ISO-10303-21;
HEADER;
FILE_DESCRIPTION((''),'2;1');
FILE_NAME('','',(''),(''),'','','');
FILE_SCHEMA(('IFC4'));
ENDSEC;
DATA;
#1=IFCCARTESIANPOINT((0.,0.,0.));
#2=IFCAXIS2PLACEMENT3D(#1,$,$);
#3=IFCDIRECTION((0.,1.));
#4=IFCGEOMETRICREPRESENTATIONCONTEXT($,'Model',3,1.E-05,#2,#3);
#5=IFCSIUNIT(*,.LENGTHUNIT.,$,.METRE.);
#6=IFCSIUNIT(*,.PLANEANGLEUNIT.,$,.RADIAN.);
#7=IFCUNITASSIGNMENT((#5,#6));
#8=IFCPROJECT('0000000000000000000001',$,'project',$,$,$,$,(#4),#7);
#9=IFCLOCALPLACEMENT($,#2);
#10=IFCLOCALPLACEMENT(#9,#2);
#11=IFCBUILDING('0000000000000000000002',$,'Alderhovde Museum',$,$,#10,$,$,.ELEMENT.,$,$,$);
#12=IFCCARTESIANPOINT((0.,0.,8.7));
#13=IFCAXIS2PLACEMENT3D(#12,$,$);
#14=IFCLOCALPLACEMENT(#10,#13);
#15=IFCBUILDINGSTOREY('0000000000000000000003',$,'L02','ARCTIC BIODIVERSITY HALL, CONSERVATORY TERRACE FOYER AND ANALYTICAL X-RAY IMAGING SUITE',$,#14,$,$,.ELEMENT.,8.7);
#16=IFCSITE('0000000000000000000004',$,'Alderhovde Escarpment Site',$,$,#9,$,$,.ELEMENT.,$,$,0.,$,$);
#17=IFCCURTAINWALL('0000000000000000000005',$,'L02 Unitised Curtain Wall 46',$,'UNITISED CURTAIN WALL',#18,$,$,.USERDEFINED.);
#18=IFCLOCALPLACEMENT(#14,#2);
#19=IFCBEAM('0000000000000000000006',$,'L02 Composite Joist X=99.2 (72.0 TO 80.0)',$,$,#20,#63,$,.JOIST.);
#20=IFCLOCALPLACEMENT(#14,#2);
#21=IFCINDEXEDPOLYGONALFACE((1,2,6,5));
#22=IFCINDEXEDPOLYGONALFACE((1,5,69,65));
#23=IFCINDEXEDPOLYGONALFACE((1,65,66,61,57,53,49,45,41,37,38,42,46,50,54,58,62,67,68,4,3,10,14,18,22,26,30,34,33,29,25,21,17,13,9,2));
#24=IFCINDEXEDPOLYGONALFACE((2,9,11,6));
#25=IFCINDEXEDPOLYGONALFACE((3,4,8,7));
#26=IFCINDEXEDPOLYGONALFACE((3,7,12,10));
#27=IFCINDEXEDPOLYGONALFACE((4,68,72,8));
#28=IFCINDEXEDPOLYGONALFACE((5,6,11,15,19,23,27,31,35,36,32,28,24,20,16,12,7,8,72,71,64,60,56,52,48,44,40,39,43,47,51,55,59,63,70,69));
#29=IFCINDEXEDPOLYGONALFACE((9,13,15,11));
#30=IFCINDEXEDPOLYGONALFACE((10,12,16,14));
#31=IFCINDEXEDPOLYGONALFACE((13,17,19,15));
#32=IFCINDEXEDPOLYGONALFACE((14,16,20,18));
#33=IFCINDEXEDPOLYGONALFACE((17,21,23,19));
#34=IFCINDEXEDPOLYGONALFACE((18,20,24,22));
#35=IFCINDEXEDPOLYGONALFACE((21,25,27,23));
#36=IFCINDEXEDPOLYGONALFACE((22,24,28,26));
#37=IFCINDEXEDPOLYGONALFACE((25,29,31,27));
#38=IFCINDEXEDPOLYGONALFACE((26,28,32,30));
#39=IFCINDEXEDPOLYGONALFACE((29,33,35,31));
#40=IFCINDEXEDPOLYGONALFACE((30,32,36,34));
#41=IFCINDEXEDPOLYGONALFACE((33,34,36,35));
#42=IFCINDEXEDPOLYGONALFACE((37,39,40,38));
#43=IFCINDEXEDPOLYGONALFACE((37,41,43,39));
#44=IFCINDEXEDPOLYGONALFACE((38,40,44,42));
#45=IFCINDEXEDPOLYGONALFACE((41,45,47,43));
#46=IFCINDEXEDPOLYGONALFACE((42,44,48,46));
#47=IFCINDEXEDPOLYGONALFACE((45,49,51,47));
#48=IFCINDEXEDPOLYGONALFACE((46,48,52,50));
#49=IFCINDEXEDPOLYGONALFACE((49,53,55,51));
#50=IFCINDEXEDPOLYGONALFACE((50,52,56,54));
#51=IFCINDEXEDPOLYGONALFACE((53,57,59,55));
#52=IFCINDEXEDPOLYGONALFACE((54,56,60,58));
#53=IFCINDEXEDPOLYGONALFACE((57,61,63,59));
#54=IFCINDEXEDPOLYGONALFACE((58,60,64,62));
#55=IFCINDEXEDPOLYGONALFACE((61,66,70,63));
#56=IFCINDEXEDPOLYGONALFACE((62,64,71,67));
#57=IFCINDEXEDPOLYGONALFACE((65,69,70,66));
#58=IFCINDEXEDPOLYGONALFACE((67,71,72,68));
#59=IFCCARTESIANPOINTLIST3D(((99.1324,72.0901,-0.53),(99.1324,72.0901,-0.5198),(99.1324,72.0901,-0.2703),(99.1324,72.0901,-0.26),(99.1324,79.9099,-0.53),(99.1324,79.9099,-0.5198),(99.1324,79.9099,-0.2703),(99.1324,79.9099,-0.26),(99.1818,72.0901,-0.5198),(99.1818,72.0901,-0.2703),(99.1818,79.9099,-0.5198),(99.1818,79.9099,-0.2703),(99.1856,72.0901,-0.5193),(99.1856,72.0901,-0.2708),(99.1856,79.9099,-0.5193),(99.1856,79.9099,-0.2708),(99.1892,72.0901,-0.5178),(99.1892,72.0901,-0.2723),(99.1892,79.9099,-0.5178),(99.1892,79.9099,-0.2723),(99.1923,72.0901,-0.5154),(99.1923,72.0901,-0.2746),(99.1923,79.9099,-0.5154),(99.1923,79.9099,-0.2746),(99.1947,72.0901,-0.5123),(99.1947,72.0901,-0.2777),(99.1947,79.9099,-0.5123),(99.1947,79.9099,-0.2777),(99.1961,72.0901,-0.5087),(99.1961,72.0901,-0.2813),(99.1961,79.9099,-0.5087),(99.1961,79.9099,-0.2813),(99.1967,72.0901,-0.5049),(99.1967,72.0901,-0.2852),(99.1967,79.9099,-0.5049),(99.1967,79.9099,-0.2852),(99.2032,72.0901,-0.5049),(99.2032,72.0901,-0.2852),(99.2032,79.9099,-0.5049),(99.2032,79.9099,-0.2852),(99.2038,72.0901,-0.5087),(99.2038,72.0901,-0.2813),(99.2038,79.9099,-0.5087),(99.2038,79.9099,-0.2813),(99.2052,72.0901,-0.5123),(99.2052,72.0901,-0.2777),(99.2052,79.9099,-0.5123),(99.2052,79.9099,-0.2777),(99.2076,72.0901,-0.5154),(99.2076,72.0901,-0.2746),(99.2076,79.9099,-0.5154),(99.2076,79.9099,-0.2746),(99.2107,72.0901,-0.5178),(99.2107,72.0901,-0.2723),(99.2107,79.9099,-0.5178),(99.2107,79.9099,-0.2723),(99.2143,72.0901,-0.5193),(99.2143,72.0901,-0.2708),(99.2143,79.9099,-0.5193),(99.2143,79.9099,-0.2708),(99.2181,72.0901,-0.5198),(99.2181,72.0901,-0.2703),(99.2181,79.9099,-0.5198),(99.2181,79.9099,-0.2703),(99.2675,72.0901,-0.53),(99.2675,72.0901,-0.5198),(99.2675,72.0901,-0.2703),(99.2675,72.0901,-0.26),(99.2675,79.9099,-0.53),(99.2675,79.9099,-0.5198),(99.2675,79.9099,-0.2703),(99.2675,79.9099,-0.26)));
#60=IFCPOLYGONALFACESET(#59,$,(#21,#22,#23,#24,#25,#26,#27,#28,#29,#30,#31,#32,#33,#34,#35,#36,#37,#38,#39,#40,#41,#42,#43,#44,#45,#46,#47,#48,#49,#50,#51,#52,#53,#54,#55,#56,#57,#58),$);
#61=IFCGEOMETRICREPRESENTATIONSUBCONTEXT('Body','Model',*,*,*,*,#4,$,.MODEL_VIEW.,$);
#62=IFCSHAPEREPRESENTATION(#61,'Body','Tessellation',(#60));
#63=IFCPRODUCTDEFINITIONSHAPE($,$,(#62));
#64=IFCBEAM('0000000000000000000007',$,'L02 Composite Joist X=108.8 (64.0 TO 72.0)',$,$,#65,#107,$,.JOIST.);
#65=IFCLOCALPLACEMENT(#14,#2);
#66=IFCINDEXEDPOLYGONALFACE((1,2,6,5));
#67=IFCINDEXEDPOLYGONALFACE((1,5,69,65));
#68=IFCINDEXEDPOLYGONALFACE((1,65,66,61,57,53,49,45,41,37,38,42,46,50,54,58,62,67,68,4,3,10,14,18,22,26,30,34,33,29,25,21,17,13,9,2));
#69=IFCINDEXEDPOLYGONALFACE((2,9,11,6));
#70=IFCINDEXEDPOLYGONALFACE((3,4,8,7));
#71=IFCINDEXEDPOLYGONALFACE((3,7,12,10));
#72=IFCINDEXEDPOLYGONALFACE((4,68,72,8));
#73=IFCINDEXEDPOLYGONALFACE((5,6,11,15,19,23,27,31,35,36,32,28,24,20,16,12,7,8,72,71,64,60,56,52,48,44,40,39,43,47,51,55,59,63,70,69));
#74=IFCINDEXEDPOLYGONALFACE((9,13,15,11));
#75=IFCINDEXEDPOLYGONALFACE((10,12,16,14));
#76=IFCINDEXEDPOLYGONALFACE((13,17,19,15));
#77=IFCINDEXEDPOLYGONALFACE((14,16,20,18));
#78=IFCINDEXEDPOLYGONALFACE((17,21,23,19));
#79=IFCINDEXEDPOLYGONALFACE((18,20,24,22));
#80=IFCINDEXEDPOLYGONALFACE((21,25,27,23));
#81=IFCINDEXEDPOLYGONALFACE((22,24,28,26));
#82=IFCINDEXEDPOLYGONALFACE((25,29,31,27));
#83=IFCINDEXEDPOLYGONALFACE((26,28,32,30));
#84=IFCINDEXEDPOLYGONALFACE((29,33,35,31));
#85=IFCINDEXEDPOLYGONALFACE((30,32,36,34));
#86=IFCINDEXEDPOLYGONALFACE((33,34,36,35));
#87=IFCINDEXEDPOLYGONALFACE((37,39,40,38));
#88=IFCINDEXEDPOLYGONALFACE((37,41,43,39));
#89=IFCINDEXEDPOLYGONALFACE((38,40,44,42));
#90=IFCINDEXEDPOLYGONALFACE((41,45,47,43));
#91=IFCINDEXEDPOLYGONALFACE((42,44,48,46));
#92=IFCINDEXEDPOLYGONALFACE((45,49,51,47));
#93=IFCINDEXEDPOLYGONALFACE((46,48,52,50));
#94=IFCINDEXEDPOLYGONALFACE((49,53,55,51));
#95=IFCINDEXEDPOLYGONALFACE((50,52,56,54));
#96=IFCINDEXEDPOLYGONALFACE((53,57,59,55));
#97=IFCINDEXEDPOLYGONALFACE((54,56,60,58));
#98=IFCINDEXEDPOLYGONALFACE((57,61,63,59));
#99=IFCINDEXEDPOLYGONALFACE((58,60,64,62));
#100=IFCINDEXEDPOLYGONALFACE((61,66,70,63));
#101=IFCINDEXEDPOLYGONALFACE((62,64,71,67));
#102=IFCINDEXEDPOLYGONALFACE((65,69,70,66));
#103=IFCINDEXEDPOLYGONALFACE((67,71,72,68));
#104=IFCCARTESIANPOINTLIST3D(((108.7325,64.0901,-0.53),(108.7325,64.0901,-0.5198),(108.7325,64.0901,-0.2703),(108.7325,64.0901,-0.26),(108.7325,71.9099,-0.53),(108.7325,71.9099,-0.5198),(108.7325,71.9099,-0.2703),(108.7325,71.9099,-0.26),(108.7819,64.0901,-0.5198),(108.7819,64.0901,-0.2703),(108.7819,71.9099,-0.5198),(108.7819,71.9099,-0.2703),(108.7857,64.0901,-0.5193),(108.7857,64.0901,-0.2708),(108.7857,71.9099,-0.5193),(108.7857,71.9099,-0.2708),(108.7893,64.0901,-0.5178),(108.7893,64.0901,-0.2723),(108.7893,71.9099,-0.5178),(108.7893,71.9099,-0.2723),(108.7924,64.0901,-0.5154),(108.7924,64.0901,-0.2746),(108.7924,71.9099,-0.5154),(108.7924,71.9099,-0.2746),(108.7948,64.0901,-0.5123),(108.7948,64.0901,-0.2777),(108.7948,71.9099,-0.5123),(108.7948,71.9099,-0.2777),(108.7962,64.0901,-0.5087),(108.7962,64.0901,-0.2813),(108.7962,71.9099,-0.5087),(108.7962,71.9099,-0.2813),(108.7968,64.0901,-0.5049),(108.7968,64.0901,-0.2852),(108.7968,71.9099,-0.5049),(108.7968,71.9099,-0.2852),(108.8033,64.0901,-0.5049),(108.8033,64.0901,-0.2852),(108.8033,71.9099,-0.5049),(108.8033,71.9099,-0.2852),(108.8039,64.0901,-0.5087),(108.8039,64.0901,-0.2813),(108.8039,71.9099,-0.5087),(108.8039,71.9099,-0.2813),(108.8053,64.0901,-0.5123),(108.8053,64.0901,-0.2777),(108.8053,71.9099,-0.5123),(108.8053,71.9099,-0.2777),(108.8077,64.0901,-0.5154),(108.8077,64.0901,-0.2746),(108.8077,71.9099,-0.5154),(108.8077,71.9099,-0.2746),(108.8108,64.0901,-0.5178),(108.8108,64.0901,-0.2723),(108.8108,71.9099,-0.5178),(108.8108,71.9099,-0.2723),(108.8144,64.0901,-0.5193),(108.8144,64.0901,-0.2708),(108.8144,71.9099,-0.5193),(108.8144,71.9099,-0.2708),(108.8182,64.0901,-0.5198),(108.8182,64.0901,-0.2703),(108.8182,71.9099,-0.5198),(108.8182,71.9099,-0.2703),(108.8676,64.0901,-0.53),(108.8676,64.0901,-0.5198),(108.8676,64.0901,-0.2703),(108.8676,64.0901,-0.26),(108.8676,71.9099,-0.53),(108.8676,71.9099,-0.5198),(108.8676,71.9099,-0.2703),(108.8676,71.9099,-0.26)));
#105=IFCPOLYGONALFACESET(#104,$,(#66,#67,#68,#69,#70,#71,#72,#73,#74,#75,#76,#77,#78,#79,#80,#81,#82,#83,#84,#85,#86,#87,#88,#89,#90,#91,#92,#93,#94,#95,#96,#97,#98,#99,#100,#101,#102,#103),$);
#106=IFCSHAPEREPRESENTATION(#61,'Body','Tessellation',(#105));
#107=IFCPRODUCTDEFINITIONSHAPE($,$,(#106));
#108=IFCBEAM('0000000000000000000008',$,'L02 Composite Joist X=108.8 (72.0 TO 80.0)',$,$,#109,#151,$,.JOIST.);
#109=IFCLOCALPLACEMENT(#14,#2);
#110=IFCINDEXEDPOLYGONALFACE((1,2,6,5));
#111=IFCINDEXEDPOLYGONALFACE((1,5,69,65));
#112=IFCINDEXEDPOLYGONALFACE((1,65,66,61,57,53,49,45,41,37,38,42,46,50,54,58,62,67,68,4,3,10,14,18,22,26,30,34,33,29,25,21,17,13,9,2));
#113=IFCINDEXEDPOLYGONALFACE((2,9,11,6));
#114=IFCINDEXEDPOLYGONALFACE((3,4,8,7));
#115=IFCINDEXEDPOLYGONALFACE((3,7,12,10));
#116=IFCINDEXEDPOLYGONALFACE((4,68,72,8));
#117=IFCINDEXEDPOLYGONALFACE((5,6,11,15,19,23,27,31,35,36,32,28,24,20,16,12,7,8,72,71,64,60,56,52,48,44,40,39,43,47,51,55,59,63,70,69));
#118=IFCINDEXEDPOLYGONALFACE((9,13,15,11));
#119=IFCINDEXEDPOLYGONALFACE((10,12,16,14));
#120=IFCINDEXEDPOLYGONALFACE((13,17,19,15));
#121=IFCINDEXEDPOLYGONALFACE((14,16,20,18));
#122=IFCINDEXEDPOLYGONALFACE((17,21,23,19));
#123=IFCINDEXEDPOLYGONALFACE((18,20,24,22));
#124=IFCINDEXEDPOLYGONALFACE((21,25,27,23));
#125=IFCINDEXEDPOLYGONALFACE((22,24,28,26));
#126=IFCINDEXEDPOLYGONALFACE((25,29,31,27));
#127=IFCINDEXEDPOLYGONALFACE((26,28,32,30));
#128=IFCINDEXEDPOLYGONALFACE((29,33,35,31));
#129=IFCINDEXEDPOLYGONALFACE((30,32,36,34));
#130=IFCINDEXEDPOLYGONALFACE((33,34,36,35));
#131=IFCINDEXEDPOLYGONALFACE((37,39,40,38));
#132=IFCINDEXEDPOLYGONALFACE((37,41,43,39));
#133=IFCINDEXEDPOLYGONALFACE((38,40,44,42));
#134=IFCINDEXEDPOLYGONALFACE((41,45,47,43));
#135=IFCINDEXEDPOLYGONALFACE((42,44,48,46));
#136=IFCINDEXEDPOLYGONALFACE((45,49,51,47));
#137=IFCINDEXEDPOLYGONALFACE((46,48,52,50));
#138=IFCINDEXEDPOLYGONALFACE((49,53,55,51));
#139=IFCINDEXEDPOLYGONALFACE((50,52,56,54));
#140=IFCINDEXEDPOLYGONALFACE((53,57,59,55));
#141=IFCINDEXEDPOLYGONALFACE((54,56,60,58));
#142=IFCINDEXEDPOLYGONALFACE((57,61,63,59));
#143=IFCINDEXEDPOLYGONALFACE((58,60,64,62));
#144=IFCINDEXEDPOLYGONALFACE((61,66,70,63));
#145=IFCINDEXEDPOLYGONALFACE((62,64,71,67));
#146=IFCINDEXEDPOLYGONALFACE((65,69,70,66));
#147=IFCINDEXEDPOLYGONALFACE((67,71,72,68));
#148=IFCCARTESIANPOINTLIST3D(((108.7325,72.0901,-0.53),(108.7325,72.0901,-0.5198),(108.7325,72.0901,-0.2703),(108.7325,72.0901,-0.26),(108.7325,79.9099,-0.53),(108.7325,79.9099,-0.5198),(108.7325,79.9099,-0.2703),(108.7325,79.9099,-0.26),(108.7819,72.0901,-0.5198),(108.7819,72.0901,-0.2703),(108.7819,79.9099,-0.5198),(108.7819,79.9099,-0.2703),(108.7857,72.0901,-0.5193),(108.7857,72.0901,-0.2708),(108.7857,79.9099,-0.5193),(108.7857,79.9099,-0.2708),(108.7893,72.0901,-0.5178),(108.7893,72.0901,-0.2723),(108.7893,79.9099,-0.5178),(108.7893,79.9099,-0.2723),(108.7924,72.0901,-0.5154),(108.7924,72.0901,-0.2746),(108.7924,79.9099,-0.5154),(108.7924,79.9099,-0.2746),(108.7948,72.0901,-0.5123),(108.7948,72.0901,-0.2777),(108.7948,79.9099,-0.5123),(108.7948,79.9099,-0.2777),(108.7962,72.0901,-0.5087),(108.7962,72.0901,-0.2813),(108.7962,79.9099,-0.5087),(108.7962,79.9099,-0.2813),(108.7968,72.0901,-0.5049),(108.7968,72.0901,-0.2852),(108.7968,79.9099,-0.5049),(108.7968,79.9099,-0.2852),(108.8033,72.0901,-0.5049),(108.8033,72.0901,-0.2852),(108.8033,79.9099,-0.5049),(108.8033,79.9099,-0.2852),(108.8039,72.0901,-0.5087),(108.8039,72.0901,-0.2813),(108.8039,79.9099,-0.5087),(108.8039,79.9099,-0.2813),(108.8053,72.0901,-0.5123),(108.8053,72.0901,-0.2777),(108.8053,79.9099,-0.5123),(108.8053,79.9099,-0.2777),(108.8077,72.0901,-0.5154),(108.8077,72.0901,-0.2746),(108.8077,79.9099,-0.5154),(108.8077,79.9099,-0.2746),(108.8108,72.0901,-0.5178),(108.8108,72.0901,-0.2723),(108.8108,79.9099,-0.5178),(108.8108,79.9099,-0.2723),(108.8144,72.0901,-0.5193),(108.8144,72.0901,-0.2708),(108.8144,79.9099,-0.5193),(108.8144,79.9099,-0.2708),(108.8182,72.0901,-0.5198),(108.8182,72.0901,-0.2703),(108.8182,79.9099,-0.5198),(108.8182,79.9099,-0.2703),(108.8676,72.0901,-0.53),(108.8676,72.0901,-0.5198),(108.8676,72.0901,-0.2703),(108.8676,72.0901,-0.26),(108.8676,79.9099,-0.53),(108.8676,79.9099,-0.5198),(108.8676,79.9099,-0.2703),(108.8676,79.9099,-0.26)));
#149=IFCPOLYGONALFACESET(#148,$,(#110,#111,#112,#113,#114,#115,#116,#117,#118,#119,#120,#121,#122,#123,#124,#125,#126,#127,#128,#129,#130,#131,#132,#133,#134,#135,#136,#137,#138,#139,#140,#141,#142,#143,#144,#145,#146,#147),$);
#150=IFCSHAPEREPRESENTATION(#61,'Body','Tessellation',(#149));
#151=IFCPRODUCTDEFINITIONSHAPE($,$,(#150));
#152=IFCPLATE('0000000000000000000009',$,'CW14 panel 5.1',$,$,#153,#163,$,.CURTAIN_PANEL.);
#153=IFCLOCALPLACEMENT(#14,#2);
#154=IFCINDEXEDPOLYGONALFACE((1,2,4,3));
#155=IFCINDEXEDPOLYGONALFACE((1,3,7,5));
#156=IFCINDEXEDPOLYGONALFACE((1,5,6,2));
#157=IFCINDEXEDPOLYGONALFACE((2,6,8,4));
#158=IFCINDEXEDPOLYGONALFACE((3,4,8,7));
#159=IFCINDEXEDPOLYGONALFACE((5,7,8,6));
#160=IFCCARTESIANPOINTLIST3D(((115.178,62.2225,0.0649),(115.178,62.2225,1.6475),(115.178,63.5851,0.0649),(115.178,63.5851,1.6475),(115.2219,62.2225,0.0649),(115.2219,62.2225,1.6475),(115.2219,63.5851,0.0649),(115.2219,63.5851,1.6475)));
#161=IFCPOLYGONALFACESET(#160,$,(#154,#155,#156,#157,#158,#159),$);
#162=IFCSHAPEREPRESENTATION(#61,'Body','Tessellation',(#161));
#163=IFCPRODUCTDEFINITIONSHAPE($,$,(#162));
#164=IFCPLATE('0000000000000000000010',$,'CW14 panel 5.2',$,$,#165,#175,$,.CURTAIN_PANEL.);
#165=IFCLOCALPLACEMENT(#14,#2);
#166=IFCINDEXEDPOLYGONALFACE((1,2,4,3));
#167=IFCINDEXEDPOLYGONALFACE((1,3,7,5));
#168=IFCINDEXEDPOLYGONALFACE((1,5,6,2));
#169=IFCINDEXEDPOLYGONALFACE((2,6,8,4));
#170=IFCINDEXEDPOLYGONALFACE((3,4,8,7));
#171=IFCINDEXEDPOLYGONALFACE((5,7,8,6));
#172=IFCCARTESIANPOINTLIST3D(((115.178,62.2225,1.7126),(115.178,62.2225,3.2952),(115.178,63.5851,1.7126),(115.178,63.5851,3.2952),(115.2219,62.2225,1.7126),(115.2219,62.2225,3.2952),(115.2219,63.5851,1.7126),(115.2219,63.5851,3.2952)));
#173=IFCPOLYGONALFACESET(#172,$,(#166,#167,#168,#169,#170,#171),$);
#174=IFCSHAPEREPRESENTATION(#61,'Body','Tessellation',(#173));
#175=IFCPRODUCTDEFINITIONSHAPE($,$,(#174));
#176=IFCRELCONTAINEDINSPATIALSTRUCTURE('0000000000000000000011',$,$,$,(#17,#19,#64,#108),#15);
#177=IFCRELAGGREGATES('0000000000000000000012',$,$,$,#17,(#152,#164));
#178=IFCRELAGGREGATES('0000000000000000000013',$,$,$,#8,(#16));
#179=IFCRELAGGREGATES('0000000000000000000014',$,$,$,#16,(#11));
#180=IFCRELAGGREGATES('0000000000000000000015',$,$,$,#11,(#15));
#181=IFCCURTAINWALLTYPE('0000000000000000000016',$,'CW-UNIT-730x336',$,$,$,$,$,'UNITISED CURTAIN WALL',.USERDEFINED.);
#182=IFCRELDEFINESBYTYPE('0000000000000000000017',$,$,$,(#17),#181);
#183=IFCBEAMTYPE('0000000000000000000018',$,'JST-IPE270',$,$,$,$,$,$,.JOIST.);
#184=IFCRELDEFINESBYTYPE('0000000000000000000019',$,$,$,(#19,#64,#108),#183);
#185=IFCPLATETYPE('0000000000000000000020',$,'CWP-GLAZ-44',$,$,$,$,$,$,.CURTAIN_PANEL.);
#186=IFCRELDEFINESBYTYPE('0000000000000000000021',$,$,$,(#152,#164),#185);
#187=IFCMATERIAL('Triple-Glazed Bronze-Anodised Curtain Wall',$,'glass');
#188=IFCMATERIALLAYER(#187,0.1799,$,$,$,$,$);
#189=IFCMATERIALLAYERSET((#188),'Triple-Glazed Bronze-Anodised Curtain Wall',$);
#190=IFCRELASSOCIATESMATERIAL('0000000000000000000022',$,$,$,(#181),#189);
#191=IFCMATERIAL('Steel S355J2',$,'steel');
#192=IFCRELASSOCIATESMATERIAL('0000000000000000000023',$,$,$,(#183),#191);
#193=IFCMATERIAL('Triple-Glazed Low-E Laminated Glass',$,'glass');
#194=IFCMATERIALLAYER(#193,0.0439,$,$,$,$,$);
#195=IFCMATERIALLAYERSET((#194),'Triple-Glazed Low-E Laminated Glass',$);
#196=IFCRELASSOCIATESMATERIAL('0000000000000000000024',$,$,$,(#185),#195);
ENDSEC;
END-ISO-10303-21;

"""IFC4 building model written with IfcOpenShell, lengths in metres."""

from ifc_helpers import new_model, si_unit, direction, frame, origin, origin_2d, place, context, subcontext, project, spatial, rectangle, i_section, extrude, material, layer, layer_set, material_profile, profile_set, type_object, element, aggregate, save


model = new_model("IFC4")

# Units and contexts
model_context = context("Model", 3, precision=1e-05, world=origin(), true_north=direction((0.0, 1.0)))
body_context = subcontext(model_context, "Body", "Model", "MODEL_VIEW")
ifc_project = project(units=[si_unit("LENGTHUNIT", "METRE"), si_unit("PLANEANGLEUNIT", "RADIAN")], contexts=[model_context])

# Site, building, storey
site_placement = place(None, origin())
site = spatial("IfcSite", under=ifc_project, at=site_placement, Name="Alderhovde Escarpment Site", CompositionType="ELEMENT", RefElevation=0.0)
building_placement = place(site_placement, origin())
building = spatial("IfcBuilding", under=site, at=building_placement, Name="Alderhovde Museum", CompositionType="ELEMENT")
storey_placement = place(building_placement, frame((0.0, 0.0, 8.7)))
storey = spatial("IfcBuildingStorey", under=building, at=storey_placement, Name="L02", Description="ARCTIC BIODIVERSITY HALL, CONSERVATORY TERRACE FOYER AND ANALYTICAL X-RAY IMAGING SUITE", CompositionType="ELEMENT", Elevation=8.7)

# Curtain wall
ifc_material_1 = material(Name="Triple-Glazed Bronze-Anodised Curtain Wall", Category="glass")
ifc_layer_1 = layer(ifc_material_1, 0.1799)
ifc_layer_set_1 = layer_set([ifc_layer_1], Name="Triple-Glazed Bronze-Anodised Curtain Wall")
curtain_wall_type = type_object("IfcCurtainWallType", Name="CW-UNIT-730x336", ElementType="UNITISED CURTAIN WALL", PredefinedType="USERDEFINED", material=ifc_layer_set_1)
curtain_wall_1_placement = place(storey_placement, origin())
curtain_wall_1 = element("IfcCurtainWall", 1, at=curtain_wall_1_placement, inside=storey, type_object=curtain_wall_type, Name="L02 Unitised Curtain Wall 46", ObjectType="UNITISED CURTAIN WALL", PredefinedType="USERDEFINED")

# Beams
ifc_material_2 = material(Name="Steel S355J2", Category="steel")
ifc_material_profile_1 = material_profile(ifc_material_2, i_section(OverallWidth=0.135, OverallDepth=0.27, WebThickness=0.0066, FlangeThickness=0.0103, FilletRadius=0.0149, at=origin_2d()), Name="IPE 270")
ifc_profile_set_1 = profile_set([ifc_material_profile_1], Name="Steel S355J2")
beam_type_1 = type_object("IfcBeamType", Name="JST-IPE270", PredefinedType="JOIST", material=ifc_profile_set_1)
for number, where, z_axis, x_axis, name in (
    (2, (99.2, 72.0901, -0.395), (0.0, 1.0, 0.0), (-1.0, 0.0, 0.0), "L02 Composite Joist X=99.2 (72.0 TO 80.0)"),
    (3, (108.8, 64.0901, -0.395), (0.0, 1.0, 0.0), (-1.0, 0.0, 0.0), "L02 Composite Joist X=108.8 (64.0 TO 72.0)"),
    (4, (108.8, 72.0901, -0.395), (0.0, 1.0, 0.0), (-1.0, 0.0, 0.0), "L02 Composite Joist X=108.8 (72.0 TO 80.0)"),
):
    element("IfcBeam", number, at=place(storey_placement, frame(where, z_axis=z_axis, x_axis=x_axis)), inside=storey, type_object=beam_type_1, Name=name, PredefinedType="JOIST", context=body_context, shape_type="SweptSolid", body=[
        extrude(i_section(OverallWidth=0.135, OverallDepth=0.27, WebThickness=0.0066, FlangeThickness=0.0103, FilletRadius=0.0149, at=origin_2d()), origin(), (0.0, 0.0, 1.0), 7.8198),
    ])

# Plates
ifc_material_3 = material(Name="Triple-Glazed Low-E Laminated Glass", Category="glass")
ifc_layer_2 = layer(ifc_material_3, 0.0439)
ifc_layer_set_2 = layer_set([ifc_layer_2], Name="Triple-Glazed Low-E Laminated Glass")
plate_type = type_object("IfcPlateType", Name="CWP-GLAZ-44", PredefinedType="CURTAIN_PANEL", material=ifc_layer_set_2)
plate_1_placement = place(storey_placement, frame((115.2, 62.9038, 0.0649), z_axis=(0.0, 0.0, 1.0), x_axis=(0.0, 1.0, 0.0)))
plate_1 = element("IfcPlate", 5, at=plate_1_placement, type_object=plate_type, Name="CW14 panel 5.1", PredefinedType="CURTAIN_PANEL", context=body_context, shape_type="SweptSolid", body=[
    extrude(rectangle(XDim=1.3625, YDim=0.0439, at=origin_2d()), origin(), (0.0, 0.0, 1.0), 1.5825),
])
plate_2_placement = place(storey_placement, frame((115.2, 62.9038, 1.7126), z_axis=(0.0, 0.0, 1.0), x_axis=(0.0, 1.0, 0.0)))
plate_2 = element("IfcPlate", 6, at=plate_2_placement, type_object=plate_type, Name="CW14 panel 5.2", PredefinedType="CURTAIN_PANEL", context=body_context, shape_type="SweptSolid", body=[
    extrude(rectangle(XDim=1.3625, YDim=0.0439, at=origin_2d()), origin(), (0.0, 0.0, 1.0), 1.5825),
])
aggregate(curtain_wall_1, [plate_1, plate_2])

save(model, "model.ifc")
